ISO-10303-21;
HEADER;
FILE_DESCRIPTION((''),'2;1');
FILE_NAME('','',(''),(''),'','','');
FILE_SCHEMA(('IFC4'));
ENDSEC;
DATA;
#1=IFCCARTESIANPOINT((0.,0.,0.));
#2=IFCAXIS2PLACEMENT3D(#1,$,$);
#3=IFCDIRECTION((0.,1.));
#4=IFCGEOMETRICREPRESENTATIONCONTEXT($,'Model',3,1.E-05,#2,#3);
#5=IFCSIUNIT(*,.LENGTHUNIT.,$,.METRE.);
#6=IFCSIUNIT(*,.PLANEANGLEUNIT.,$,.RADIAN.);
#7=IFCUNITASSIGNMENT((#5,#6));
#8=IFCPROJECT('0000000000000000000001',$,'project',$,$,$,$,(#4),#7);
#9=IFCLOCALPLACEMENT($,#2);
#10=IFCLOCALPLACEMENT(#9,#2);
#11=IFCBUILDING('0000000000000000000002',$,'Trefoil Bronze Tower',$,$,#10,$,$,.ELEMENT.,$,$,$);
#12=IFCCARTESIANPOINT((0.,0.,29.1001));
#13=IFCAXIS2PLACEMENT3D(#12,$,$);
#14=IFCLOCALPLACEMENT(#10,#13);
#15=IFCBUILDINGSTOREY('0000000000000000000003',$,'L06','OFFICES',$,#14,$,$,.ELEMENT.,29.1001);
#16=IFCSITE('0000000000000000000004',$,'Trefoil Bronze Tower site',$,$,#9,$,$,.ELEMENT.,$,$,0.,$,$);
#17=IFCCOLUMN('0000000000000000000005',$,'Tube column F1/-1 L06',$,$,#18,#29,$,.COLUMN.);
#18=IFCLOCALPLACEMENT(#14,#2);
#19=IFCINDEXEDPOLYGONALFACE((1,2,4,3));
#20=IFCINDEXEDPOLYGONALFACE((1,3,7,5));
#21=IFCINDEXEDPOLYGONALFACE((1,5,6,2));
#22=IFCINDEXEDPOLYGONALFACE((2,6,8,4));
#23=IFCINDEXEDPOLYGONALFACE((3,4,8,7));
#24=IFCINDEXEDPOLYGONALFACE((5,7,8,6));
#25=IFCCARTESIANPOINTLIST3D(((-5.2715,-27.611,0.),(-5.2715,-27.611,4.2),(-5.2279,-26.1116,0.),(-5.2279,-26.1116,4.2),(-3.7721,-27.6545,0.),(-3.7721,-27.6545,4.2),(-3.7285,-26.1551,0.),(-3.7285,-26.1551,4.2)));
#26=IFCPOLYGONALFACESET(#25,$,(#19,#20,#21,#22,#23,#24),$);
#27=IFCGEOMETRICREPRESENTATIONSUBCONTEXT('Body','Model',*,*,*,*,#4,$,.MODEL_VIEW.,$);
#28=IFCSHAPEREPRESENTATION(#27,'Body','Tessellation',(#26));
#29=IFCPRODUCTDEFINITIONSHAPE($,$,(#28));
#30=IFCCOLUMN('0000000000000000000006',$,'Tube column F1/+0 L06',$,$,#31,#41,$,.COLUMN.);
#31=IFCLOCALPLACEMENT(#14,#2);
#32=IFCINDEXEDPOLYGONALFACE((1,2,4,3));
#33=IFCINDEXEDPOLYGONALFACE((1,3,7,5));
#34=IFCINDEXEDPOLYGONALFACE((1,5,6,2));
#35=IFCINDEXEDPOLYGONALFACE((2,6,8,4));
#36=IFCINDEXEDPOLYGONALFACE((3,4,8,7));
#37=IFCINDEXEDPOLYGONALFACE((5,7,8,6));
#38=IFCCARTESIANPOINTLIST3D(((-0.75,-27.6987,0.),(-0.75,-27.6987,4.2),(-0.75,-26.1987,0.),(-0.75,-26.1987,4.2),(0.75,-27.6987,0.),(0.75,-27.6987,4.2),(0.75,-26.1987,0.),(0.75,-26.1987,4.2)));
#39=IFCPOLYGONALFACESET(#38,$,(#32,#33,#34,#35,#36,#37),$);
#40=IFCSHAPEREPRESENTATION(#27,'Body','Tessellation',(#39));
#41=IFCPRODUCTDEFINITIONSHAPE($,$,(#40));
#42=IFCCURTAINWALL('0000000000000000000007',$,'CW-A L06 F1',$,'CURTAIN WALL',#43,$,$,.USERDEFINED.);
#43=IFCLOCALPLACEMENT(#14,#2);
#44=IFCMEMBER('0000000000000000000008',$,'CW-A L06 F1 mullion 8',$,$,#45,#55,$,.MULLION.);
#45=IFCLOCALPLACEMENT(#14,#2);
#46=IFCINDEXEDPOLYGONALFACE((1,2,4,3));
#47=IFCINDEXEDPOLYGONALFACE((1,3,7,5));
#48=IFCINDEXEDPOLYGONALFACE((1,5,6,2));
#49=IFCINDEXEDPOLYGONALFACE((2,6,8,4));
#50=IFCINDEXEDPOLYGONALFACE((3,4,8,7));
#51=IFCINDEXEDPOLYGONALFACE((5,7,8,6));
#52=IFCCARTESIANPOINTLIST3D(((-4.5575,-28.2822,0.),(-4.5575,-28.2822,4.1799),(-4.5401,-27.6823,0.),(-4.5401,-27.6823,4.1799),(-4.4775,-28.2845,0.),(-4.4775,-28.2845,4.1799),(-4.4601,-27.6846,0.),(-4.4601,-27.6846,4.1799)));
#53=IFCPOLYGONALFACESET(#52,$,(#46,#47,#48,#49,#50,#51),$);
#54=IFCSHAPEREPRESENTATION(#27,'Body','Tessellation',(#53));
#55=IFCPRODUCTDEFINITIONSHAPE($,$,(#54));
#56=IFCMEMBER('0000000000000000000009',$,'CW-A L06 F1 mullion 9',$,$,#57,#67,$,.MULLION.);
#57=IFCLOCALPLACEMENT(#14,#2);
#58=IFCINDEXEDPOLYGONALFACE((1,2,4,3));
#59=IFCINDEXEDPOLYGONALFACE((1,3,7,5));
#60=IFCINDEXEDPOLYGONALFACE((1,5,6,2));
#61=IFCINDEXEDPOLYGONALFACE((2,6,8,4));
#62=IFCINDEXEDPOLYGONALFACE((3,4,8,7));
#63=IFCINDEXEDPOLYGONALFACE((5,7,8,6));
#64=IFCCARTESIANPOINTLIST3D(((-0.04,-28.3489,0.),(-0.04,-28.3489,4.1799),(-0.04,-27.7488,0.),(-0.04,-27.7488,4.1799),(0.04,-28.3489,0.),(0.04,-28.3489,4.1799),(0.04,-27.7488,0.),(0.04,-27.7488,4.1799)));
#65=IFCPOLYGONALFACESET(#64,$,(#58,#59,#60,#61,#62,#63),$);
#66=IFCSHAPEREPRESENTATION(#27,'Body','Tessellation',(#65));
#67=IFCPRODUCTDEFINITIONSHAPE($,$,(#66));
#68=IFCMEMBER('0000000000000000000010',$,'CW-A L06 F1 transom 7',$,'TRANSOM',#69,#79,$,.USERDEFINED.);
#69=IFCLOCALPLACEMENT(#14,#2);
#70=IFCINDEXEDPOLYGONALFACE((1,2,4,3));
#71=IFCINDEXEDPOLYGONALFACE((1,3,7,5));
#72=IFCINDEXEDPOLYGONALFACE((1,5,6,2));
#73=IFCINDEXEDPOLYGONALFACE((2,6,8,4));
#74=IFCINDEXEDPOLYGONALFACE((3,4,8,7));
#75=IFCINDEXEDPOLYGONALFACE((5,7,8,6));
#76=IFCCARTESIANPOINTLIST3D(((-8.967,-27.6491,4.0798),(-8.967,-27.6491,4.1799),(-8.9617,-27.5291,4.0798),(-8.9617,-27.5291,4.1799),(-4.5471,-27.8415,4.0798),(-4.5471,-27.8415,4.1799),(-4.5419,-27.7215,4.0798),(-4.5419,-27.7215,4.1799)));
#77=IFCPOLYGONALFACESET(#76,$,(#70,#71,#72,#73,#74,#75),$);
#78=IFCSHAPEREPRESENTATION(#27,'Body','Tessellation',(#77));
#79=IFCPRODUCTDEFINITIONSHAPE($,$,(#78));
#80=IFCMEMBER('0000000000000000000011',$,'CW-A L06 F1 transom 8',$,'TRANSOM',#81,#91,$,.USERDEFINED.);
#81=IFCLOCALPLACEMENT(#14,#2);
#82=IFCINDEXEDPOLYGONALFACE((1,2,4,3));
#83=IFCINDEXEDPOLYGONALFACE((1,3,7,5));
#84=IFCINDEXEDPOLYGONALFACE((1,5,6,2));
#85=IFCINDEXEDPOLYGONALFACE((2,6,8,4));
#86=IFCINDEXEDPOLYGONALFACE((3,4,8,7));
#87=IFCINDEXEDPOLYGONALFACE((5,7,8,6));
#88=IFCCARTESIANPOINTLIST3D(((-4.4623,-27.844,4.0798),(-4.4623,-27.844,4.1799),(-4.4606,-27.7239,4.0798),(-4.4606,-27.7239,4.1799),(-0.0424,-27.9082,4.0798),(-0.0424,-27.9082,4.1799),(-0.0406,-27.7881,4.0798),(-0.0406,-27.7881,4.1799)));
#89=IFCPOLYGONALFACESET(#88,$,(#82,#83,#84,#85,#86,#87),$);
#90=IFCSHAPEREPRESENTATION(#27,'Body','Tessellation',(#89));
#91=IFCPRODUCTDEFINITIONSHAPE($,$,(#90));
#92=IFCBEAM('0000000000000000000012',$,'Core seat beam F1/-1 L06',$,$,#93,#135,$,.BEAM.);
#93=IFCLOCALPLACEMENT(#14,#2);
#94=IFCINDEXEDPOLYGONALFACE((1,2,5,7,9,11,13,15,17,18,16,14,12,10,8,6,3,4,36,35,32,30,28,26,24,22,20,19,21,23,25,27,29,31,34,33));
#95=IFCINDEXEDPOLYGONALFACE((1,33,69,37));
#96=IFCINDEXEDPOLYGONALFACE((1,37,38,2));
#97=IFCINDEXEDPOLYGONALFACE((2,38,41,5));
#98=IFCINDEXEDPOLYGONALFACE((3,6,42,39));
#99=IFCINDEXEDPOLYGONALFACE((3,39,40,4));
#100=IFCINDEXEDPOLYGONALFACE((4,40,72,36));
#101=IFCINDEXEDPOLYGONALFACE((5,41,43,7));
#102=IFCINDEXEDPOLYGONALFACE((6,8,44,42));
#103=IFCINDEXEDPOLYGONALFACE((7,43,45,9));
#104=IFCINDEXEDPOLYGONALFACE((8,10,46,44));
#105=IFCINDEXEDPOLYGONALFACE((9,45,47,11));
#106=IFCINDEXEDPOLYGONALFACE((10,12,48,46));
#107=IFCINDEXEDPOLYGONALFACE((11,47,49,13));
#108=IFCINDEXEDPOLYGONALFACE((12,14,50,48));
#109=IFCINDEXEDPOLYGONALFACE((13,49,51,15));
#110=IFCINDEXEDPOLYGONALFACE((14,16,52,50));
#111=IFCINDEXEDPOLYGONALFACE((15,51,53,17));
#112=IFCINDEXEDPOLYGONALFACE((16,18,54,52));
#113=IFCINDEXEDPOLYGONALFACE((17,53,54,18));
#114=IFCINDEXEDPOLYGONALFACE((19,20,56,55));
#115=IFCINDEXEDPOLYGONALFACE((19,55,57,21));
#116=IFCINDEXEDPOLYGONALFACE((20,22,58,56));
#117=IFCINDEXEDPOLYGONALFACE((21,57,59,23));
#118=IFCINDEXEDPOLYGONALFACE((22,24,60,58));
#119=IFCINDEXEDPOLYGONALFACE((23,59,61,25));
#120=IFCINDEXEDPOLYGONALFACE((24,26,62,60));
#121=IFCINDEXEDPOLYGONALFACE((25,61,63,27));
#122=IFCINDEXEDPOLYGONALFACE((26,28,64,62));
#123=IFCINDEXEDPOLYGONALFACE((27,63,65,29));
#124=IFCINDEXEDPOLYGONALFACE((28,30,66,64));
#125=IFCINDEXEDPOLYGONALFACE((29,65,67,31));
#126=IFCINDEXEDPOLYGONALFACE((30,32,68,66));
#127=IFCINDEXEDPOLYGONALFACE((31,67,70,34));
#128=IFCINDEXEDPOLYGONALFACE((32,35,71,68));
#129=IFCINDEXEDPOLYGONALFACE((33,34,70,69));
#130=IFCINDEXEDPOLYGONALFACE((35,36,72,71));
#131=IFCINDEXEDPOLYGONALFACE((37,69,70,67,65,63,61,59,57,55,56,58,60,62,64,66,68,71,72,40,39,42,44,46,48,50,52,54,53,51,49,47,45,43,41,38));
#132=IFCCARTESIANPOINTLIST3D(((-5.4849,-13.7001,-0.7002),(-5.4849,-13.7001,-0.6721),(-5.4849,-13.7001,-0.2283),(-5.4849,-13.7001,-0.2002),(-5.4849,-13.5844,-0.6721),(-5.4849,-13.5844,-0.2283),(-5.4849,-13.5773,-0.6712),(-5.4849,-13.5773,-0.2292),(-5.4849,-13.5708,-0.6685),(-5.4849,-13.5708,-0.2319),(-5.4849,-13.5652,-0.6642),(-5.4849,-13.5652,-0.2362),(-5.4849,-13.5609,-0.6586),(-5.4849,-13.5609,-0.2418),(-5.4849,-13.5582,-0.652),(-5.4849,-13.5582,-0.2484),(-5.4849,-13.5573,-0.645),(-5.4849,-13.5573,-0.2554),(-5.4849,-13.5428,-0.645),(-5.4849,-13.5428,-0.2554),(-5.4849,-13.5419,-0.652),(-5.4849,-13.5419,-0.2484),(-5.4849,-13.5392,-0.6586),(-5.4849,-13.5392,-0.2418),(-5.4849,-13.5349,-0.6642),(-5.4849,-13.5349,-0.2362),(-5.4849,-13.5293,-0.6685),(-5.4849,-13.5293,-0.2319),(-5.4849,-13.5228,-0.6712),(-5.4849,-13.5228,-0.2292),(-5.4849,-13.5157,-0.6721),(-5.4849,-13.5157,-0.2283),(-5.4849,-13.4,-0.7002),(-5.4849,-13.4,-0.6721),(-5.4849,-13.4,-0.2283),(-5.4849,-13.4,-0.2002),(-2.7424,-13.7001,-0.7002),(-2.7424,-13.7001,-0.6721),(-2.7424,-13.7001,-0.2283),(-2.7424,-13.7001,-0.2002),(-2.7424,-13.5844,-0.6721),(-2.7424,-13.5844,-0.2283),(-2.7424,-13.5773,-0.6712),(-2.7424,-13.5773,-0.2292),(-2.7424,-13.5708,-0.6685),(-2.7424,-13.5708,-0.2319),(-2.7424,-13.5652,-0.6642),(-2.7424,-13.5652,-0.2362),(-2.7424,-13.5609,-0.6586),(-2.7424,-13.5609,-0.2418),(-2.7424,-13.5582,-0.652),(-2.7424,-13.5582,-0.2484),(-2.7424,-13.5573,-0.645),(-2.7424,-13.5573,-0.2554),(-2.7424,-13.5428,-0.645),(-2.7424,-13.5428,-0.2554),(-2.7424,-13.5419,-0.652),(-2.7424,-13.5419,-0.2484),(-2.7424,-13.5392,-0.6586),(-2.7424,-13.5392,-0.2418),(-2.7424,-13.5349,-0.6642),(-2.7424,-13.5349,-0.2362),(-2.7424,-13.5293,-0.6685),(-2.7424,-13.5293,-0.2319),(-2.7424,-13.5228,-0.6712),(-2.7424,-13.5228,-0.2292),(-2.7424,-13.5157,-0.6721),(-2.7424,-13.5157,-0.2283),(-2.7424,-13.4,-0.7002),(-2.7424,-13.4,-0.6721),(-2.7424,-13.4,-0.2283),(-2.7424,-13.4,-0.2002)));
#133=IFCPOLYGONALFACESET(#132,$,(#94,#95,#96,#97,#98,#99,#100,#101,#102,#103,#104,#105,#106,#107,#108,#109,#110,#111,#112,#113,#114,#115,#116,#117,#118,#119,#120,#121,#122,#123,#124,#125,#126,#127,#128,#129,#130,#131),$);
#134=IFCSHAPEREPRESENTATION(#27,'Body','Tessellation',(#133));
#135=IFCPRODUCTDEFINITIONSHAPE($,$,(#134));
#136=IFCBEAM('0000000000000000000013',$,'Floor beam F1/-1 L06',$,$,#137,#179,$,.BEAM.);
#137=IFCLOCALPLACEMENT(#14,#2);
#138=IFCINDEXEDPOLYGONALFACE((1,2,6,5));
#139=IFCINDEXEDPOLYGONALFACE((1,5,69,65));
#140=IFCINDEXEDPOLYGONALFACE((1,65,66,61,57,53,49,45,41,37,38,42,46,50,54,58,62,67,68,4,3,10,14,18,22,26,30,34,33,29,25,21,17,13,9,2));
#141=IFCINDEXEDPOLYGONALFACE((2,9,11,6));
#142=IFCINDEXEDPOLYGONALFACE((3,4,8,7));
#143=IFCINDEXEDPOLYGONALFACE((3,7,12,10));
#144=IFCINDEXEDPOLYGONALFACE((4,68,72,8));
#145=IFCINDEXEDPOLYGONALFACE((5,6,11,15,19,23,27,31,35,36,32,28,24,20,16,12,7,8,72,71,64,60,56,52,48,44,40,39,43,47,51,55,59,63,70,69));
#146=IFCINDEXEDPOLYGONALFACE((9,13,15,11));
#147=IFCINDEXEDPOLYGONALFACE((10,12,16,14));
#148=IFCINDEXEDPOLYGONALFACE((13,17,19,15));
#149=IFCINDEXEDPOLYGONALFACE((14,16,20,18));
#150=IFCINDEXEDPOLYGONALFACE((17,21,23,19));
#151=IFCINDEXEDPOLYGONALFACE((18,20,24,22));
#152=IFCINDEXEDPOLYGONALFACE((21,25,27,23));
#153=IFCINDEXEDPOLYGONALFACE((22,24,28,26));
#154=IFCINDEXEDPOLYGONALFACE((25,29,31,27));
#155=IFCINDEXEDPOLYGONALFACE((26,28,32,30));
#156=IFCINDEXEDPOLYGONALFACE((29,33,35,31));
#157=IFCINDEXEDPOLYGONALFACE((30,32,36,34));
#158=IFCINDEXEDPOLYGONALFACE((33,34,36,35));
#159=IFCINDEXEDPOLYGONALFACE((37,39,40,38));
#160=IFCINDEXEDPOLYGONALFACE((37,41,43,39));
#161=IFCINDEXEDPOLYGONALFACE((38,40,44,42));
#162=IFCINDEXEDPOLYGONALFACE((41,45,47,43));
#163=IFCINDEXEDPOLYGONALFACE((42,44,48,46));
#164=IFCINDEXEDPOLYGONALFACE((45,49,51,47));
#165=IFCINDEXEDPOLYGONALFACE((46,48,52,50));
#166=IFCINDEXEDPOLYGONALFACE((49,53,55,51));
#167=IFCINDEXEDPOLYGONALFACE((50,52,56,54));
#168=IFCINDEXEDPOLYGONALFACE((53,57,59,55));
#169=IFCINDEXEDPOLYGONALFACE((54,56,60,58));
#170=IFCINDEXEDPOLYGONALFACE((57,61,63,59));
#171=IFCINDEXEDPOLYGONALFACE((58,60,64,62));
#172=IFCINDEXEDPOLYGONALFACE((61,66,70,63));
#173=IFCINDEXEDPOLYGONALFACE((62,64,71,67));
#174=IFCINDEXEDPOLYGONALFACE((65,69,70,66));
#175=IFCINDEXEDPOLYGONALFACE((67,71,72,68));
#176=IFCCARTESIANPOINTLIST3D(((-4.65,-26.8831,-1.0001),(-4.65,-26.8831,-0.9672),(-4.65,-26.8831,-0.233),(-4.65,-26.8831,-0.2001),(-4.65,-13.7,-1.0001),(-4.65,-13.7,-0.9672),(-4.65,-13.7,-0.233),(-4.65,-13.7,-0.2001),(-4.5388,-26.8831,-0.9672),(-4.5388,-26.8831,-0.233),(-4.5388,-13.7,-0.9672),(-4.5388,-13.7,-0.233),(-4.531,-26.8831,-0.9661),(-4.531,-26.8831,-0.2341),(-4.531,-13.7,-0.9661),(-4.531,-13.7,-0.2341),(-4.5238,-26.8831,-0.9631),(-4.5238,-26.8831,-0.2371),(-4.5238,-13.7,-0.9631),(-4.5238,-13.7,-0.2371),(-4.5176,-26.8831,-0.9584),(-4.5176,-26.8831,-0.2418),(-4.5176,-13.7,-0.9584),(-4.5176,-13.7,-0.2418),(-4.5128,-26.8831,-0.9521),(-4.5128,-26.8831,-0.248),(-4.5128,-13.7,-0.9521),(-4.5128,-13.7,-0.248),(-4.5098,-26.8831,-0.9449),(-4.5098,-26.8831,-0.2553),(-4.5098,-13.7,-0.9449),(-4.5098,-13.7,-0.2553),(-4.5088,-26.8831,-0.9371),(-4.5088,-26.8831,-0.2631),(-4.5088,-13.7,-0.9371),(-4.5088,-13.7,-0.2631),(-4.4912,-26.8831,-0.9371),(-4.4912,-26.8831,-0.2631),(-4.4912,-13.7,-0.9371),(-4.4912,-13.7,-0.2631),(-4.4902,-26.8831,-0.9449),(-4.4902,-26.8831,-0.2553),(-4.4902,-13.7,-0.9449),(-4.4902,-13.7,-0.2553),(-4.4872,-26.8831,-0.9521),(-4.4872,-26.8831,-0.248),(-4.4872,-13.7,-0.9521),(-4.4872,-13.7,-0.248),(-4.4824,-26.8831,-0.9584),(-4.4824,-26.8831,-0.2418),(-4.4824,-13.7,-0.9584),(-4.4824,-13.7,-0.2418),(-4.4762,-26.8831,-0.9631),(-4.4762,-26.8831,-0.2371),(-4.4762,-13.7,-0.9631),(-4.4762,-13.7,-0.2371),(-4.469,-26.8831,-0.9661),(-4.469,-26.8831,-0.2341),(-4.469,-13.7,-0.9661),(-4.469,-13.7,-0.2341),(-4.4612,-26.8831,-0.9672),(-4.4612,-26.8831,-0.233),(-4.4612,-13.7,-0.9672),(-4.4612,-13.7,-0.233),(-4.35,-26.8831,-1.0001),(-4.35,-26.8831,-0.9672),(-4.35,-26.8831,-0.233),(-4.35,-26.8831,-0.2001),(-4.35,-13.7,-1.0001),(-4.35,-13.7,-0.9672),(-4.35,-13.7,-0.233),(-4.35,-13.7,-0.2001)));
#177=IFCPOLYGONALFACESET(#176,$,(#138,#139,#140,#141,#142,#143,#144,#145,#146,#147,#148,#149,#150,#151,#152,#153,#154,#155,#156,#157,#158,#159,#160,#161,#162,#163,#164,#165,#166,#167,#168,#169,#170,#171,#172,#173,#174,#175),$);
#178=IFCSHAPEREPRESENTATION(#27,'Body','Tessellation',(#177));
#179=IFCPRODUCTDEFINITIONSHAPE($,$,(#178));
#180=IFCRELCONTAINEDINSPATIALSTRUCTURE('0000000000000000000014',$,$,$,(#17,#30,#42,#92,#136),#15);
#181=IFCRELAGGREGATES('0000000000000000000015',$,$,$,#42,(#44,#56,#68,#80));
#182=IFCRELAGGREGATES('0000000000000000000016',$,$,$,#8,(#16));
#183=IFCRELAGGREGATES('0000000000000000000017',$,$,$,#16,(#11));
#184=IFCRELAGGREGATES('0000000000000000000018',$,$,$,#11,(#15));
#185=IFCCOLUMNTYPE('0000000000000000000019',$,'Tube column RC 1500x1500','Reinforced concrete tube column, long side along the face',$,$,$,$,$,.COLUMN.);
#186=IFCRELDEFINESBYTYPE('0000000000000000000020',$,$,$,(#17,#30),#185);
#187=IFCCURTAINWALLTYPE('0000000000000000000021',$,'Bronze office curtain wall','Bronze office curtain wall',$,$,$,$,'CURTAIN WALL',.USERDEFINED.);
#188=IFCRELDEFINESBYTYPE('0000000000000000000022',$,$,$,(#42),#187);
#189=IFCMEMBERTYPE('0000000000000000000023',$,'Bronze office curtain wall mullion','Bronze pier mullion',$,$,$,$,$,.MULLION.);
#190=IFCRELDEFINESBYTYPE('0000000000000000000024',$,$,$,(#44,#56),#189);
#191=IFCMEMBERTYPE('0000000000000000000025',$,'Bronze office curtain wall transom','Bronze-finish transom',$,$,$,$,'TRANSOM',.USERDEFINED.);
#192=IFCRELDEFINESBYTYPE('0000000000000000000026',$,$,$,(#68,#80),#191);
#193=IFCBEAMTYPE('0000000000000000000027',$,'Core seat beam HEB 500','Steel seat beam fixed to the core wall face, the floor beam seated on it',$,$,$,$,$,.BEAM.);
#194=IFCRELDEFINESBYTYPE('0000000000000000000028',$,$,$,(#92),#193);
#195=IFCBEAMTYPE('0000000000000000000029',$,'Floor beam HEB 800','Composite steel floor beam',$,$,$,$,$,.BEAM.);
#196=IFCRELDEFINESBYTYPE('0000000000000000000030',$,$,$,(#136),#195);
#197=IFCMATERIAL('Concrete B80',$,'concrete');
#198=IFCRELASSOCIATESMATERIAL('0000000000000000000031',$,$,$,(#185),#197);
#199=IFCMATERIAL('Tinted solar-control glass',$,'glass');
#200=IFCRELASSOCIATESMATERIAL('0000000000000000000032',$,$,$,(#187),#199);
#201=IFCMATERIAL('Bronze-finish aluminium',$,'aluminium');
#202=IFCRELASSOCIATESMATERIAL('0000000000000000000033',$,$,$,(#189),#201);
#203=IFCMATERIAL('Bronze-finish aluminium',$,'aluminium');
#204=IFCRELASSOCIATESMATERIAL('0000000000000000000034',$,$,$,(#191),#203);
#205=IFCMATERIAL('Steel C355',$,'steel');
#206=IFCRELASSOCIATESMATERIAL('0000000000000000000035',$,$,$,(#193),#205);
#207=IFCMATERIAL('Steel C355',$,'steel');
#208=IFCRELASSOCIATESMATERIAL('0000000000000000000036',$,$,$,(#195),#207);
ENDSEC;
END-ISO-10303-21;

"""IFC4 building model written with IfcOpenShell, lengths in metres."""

from ifc_helpers import new_model, si_unit, direction, frame, origin, origin_2d, place, context, subcontext, project, spatial, rectangle, i_section, extrude, material, material_profile, profile_set, type_object, element, aggregate, save


model = new_model("IFC4")

# Units and contexts
model_context = context("Model", 3, precision=1e-05, world=origin(), true_north=direction((0.0, 1.0)))
body_context = subcontext(model_context, "Body", "Model", "MODEL_VIEW")
ifc_project = project(units=[si_unit("LENGTHUNIT", "METRE"), si_unit("PLANEANGLEUNIT", "RADIAN")], contexts=[model_context])

# Site, building, storey
site_placement = place(None, origin())
site = spatial("IfcSite", under=ifc_project, at=site_placement, Name="Trefoil Bronze Tower site", CompositionType="ELEMENT", RefElevation=0.0)
building_placement = place(site_placement, origin())
building = spatial("IfcBuilding", under=site, at=building_placement, Name="Trefoil Bronze Tower", CompositionType="ELEMENT")
storey_placement = place(building_placement, frame((0.0, 0.0, 29.1001)))
storey = spatial("IfcBuildingStorey", under=building, at=storey_placement, Name="L06", Description="OFFICES", CompositionType="ELEMENT", Elevation=29.1001)

# Columns
ifc_material_1 = material(Name="Concrete B80", Category="concrete")
ifc_material_profile_1 = material_profile(ifc_material_1, rectangle(XDim=1.5, YDim=1.5, at=origin_2d()), Name="RC 1500x1500")
ifc_profile_set_1 = profile_set([ifc_material_profile_1], Name="Concrete B80")
column_type = type_object("IfcColumnType", Name="Tube column RC 1500x1500", Description="Reinforced concrete tube column, long side along the face", PredefinedType="COLUMN", material=ifc_profile_set_1)
for number, where, z_axis, x_axis, name in (
    (1, (-4.5, -26.8831, 0.0), (0.0, 0.0, 1.0), (0.999579, -0.029022, 0.0), "Tube column F1/-1 L06"),
    (2, (0.0, -26.9487, 0.0), (0.0, 0.0, 1.0), (1.0, 0.0, 0.0), "Tube column F1/+0 L06"),
):
    element("IfcColumn", number, at=place(storey_placement, frame(where, z_axis=z_axis, x_axis=x_axis)), inside=storey, type_object=column_type, Name=name, PredefinedType="COLUMN", context=body_context, shape_type="SweptSolid", body=[
        extrude(rectangle(XDim=1.5, YDim=1.5, at=origin_2d()), origin(), (0.0, 0.0, 1.0), 4.2),
    ])

# Curtain wall, members
ifc_material_2 = material(Name="Tinted solar-control glass", Category="glass")
curtain_wall_type = type_object("IfcCurtainWallType", Name="Bronze office curtain wall", Description="Bronze office curtain wall", ElementType="CURTAIN WALL", PredefinedType="USERDEFINED", material=ifc_material_2)
curtain_wall_placement = place(storey_placement, origin())
curtain_wall = element("IfcCurtainWall", 3, at=curtain_wall_placement, inside=storey, type_object=curtain_wall_type, Name="CW-A L06 F1", ObjectType="CURTAIN WALL", PredefinedType="USERDEFINED")
ifc_material_3 = material(Name="Bronze-finish aluminium", Category="aluminium")
ifc_material_profile_2 = material_profile(ifc_material_3, rectangle(XDim=0.6001, YDim=0.0801, at=origin_2d()), Name="CW-A mullion")
ifc_profile_set_2 = profile_set([ifc_material_profile_2], Name="Bronze-finish aluminium")
member_type_1 = type_object("IfcMemberType", Name="Bronze office curtain wall mullion", Description="Bronze pier mullion", PredefinedType="MULLION", material=ifc_profile_set_2)
member_1_placement = place(storey_placement, frame((-4.5088, -27.9834, 0.0), z_axis=(0.0, 0.0, 1.0), x_axis=(0.029022, 0.999579, 0.0)))
member_1 = element("IfcMember", 4, at=member_1_placement, type_object=member_type_1, Name="CW-A L06 F1 mullion 8", PredefinedType="MULLION", context=body_context, shape_type="SweptSolid", body=[
    extrude(rectangle(XDim=0.6001, YDim=0.0801, at=origin_2d()), origin(), (0.0, 0.0, 1.0), 4.1799),
])
member_2_placement = place(storey_placement, frame((0.0, -28.0488, 0.0), z_axis=(0.0, 0.0, 1.0), x_axis=(0.0, 1.0, 0.0)))
member_2 = element("IfcMember", 5, at=member_2_placement, type_object=member_type_1, Name="CW-A L06 F1 mullion 9", PredefinedType="MULLION", context=body_context, shape_type="SweptSolid", body=[
    extrude(rectangle(XDim=0.6001, YDim=0.0801, at=origin_2d()), origin(), (0.0, 0.0, 1.0), 4.1799),
])
ifc_material_4 = material(Name="Bronze-finish aluminium", Category="aluminium")
ifc_material_profile_3 = material_profile(ifc_material_4, rectangle(XDim=0.1201, YDim=0.1001, at=origin_2d()), Name="CW-A transom")
ifc_profile_set_3 = profile_set([ifc_material_profile_3], Name="Bronze-finish aluminium")
member_type_2 = type_object("IfcMemberType", Name="Bronze office curtain wall transom", Description="Bronze-finish transom", ElementType="TRANSOM", PredefinedType="USERDEFINED", material=ifc_profile_set_3)
member_3_placement = place(storey_placement, frame((-8.9644, -27.5891, 4.1299), z_axis=(0.999054, -0.043485, 0.0), x_axis=(0.043485, 0.999054, 0.0)))
member_3 = element("IfcMember", 6, at=member_3_placement, type_object=member_type_2, Name="CW-A L06 F1 transom 7", ObjectType="TRANSOM", PredefinedType="USERDEFINED", context=body_context, shape_type="SweptSolid", body=[
    extrude(rectangle(XDim=0.1201, YDim=0.1001, at=origin_2d()), origin(), (0.0, 0.0, 1.0), 4.4241),
])
member_4_placement = place(storey_placement, frame((-4.4614, -27.7839, 4.1299), z_axis=(0.999894, -0.014526, 0.0), x_axis=(0.014526, 0.999894, 0.0)))
member_4 = element("IfcMember", 7, at=member_4_placement, type_object=member_type_2, Name="CW-A L06 F1 transom 8", ObjectType="TRANSOM", PredefinedType="USERDEFINED", context=body_context, shape_type="SweptSolid", body=[
    extrude(rectangle(XDim=0.1201, YDim=0.1001, at=origin_2d()), origin(), (0.0, 0.0, 1.0), 4.4204),
])

# Beams
ifc_material_5 = material(Name="Steel C355", Category="steel")
ifc_material_profile_4 = material_profile(ifc_material_5, i_section(OverallWidth=0.3, OverallDepth=0.5, WebThickness=0.0144, FlangeThickness=0.0281, FilletRadius=0.0271, at=origin_2d()), Name="HEB 500")
ifc_profile_set_4 = profile_set([ifc_material_profile_4], Name="Steel C355")
beam_type_1 = type_object("IfcBeamType", Name="Core seat beam HEB 500", Description="Steel seat beam fixed to the core wall face, the floor beam seated on it", PredefinedType="BEAM", material=ifc_profile_set_4)
beam_1_placement = place(storey_placement, frame((-5.4849, -13.55, -0.4502), z_axis=(1.0, 0.0, 0.0), x_axis=(0.0, 1.0, 0.0)))
element("IfcBeam", 8, at=beam_1_placement, inside=storey, type_object=beam_type_1, Name="Core seat beam F1/-1 L06", PredefinedType="BEAM", context=body_context, shape_type="SweptSolid", body=[
    extrude(i_section(OverallWidth=0.3, OverallDepth=0.5, WebThickness=0.0144, FlangeThickness=0.0281, FilletRadius=0.0271, at=origin_2d()), origin(), (0.0, 0.0, 1.0), 2.7424),
])
ifc_material_6 = material(Name="Steel C355", Category="steel")
ifc_material_profile_5 = material_profile(ifc_material_6, i_section(OverallWidth=0.3, OverallDepth=0.8, WebThickness=0.0176, FlangeThickness=0.033, FilletRadius=0.03, at=origin_2d()), Name="HEB 800")
ifc_profile_set_5 = profile_set([ifc_material_profile_5], Name="Steel C355")
beam_type_2 = type_object("IfcBeamType", Name="Floor beam HEB 800", Description="Composite steel floor beam", PredefinedType="BEAM", material=ifc_profile_set_5)
beam_2_placement = place(storey_placement, frame((-4.5, -26.8831, -0.6001), z_axis=(0.0, 1.0, 0.0), x_axis=(-1.0, 0.0, 0.0)))
element("IfcBeam", 9, at=beam_2_placement, inside=storey, type_object=beam_type_2, Name="Floor beam F1/-1 L06", PredefinedType="BEAM", context=body_context, shape_type="SweptSolid", body=[
    extrude(i_section(OverallWidth=0.3, OverallDepth=0.8, WebThickness=0.0176, FlangeThickness=0.033, FilletRadius=0.03, at=origin_2d()), origin(), (0.0, 0.0, 1.0), 13.1831),
])

aggregate(curtain_wall, [member_1, member_2, member_3, member_4])

save(model, "model.ifc")
